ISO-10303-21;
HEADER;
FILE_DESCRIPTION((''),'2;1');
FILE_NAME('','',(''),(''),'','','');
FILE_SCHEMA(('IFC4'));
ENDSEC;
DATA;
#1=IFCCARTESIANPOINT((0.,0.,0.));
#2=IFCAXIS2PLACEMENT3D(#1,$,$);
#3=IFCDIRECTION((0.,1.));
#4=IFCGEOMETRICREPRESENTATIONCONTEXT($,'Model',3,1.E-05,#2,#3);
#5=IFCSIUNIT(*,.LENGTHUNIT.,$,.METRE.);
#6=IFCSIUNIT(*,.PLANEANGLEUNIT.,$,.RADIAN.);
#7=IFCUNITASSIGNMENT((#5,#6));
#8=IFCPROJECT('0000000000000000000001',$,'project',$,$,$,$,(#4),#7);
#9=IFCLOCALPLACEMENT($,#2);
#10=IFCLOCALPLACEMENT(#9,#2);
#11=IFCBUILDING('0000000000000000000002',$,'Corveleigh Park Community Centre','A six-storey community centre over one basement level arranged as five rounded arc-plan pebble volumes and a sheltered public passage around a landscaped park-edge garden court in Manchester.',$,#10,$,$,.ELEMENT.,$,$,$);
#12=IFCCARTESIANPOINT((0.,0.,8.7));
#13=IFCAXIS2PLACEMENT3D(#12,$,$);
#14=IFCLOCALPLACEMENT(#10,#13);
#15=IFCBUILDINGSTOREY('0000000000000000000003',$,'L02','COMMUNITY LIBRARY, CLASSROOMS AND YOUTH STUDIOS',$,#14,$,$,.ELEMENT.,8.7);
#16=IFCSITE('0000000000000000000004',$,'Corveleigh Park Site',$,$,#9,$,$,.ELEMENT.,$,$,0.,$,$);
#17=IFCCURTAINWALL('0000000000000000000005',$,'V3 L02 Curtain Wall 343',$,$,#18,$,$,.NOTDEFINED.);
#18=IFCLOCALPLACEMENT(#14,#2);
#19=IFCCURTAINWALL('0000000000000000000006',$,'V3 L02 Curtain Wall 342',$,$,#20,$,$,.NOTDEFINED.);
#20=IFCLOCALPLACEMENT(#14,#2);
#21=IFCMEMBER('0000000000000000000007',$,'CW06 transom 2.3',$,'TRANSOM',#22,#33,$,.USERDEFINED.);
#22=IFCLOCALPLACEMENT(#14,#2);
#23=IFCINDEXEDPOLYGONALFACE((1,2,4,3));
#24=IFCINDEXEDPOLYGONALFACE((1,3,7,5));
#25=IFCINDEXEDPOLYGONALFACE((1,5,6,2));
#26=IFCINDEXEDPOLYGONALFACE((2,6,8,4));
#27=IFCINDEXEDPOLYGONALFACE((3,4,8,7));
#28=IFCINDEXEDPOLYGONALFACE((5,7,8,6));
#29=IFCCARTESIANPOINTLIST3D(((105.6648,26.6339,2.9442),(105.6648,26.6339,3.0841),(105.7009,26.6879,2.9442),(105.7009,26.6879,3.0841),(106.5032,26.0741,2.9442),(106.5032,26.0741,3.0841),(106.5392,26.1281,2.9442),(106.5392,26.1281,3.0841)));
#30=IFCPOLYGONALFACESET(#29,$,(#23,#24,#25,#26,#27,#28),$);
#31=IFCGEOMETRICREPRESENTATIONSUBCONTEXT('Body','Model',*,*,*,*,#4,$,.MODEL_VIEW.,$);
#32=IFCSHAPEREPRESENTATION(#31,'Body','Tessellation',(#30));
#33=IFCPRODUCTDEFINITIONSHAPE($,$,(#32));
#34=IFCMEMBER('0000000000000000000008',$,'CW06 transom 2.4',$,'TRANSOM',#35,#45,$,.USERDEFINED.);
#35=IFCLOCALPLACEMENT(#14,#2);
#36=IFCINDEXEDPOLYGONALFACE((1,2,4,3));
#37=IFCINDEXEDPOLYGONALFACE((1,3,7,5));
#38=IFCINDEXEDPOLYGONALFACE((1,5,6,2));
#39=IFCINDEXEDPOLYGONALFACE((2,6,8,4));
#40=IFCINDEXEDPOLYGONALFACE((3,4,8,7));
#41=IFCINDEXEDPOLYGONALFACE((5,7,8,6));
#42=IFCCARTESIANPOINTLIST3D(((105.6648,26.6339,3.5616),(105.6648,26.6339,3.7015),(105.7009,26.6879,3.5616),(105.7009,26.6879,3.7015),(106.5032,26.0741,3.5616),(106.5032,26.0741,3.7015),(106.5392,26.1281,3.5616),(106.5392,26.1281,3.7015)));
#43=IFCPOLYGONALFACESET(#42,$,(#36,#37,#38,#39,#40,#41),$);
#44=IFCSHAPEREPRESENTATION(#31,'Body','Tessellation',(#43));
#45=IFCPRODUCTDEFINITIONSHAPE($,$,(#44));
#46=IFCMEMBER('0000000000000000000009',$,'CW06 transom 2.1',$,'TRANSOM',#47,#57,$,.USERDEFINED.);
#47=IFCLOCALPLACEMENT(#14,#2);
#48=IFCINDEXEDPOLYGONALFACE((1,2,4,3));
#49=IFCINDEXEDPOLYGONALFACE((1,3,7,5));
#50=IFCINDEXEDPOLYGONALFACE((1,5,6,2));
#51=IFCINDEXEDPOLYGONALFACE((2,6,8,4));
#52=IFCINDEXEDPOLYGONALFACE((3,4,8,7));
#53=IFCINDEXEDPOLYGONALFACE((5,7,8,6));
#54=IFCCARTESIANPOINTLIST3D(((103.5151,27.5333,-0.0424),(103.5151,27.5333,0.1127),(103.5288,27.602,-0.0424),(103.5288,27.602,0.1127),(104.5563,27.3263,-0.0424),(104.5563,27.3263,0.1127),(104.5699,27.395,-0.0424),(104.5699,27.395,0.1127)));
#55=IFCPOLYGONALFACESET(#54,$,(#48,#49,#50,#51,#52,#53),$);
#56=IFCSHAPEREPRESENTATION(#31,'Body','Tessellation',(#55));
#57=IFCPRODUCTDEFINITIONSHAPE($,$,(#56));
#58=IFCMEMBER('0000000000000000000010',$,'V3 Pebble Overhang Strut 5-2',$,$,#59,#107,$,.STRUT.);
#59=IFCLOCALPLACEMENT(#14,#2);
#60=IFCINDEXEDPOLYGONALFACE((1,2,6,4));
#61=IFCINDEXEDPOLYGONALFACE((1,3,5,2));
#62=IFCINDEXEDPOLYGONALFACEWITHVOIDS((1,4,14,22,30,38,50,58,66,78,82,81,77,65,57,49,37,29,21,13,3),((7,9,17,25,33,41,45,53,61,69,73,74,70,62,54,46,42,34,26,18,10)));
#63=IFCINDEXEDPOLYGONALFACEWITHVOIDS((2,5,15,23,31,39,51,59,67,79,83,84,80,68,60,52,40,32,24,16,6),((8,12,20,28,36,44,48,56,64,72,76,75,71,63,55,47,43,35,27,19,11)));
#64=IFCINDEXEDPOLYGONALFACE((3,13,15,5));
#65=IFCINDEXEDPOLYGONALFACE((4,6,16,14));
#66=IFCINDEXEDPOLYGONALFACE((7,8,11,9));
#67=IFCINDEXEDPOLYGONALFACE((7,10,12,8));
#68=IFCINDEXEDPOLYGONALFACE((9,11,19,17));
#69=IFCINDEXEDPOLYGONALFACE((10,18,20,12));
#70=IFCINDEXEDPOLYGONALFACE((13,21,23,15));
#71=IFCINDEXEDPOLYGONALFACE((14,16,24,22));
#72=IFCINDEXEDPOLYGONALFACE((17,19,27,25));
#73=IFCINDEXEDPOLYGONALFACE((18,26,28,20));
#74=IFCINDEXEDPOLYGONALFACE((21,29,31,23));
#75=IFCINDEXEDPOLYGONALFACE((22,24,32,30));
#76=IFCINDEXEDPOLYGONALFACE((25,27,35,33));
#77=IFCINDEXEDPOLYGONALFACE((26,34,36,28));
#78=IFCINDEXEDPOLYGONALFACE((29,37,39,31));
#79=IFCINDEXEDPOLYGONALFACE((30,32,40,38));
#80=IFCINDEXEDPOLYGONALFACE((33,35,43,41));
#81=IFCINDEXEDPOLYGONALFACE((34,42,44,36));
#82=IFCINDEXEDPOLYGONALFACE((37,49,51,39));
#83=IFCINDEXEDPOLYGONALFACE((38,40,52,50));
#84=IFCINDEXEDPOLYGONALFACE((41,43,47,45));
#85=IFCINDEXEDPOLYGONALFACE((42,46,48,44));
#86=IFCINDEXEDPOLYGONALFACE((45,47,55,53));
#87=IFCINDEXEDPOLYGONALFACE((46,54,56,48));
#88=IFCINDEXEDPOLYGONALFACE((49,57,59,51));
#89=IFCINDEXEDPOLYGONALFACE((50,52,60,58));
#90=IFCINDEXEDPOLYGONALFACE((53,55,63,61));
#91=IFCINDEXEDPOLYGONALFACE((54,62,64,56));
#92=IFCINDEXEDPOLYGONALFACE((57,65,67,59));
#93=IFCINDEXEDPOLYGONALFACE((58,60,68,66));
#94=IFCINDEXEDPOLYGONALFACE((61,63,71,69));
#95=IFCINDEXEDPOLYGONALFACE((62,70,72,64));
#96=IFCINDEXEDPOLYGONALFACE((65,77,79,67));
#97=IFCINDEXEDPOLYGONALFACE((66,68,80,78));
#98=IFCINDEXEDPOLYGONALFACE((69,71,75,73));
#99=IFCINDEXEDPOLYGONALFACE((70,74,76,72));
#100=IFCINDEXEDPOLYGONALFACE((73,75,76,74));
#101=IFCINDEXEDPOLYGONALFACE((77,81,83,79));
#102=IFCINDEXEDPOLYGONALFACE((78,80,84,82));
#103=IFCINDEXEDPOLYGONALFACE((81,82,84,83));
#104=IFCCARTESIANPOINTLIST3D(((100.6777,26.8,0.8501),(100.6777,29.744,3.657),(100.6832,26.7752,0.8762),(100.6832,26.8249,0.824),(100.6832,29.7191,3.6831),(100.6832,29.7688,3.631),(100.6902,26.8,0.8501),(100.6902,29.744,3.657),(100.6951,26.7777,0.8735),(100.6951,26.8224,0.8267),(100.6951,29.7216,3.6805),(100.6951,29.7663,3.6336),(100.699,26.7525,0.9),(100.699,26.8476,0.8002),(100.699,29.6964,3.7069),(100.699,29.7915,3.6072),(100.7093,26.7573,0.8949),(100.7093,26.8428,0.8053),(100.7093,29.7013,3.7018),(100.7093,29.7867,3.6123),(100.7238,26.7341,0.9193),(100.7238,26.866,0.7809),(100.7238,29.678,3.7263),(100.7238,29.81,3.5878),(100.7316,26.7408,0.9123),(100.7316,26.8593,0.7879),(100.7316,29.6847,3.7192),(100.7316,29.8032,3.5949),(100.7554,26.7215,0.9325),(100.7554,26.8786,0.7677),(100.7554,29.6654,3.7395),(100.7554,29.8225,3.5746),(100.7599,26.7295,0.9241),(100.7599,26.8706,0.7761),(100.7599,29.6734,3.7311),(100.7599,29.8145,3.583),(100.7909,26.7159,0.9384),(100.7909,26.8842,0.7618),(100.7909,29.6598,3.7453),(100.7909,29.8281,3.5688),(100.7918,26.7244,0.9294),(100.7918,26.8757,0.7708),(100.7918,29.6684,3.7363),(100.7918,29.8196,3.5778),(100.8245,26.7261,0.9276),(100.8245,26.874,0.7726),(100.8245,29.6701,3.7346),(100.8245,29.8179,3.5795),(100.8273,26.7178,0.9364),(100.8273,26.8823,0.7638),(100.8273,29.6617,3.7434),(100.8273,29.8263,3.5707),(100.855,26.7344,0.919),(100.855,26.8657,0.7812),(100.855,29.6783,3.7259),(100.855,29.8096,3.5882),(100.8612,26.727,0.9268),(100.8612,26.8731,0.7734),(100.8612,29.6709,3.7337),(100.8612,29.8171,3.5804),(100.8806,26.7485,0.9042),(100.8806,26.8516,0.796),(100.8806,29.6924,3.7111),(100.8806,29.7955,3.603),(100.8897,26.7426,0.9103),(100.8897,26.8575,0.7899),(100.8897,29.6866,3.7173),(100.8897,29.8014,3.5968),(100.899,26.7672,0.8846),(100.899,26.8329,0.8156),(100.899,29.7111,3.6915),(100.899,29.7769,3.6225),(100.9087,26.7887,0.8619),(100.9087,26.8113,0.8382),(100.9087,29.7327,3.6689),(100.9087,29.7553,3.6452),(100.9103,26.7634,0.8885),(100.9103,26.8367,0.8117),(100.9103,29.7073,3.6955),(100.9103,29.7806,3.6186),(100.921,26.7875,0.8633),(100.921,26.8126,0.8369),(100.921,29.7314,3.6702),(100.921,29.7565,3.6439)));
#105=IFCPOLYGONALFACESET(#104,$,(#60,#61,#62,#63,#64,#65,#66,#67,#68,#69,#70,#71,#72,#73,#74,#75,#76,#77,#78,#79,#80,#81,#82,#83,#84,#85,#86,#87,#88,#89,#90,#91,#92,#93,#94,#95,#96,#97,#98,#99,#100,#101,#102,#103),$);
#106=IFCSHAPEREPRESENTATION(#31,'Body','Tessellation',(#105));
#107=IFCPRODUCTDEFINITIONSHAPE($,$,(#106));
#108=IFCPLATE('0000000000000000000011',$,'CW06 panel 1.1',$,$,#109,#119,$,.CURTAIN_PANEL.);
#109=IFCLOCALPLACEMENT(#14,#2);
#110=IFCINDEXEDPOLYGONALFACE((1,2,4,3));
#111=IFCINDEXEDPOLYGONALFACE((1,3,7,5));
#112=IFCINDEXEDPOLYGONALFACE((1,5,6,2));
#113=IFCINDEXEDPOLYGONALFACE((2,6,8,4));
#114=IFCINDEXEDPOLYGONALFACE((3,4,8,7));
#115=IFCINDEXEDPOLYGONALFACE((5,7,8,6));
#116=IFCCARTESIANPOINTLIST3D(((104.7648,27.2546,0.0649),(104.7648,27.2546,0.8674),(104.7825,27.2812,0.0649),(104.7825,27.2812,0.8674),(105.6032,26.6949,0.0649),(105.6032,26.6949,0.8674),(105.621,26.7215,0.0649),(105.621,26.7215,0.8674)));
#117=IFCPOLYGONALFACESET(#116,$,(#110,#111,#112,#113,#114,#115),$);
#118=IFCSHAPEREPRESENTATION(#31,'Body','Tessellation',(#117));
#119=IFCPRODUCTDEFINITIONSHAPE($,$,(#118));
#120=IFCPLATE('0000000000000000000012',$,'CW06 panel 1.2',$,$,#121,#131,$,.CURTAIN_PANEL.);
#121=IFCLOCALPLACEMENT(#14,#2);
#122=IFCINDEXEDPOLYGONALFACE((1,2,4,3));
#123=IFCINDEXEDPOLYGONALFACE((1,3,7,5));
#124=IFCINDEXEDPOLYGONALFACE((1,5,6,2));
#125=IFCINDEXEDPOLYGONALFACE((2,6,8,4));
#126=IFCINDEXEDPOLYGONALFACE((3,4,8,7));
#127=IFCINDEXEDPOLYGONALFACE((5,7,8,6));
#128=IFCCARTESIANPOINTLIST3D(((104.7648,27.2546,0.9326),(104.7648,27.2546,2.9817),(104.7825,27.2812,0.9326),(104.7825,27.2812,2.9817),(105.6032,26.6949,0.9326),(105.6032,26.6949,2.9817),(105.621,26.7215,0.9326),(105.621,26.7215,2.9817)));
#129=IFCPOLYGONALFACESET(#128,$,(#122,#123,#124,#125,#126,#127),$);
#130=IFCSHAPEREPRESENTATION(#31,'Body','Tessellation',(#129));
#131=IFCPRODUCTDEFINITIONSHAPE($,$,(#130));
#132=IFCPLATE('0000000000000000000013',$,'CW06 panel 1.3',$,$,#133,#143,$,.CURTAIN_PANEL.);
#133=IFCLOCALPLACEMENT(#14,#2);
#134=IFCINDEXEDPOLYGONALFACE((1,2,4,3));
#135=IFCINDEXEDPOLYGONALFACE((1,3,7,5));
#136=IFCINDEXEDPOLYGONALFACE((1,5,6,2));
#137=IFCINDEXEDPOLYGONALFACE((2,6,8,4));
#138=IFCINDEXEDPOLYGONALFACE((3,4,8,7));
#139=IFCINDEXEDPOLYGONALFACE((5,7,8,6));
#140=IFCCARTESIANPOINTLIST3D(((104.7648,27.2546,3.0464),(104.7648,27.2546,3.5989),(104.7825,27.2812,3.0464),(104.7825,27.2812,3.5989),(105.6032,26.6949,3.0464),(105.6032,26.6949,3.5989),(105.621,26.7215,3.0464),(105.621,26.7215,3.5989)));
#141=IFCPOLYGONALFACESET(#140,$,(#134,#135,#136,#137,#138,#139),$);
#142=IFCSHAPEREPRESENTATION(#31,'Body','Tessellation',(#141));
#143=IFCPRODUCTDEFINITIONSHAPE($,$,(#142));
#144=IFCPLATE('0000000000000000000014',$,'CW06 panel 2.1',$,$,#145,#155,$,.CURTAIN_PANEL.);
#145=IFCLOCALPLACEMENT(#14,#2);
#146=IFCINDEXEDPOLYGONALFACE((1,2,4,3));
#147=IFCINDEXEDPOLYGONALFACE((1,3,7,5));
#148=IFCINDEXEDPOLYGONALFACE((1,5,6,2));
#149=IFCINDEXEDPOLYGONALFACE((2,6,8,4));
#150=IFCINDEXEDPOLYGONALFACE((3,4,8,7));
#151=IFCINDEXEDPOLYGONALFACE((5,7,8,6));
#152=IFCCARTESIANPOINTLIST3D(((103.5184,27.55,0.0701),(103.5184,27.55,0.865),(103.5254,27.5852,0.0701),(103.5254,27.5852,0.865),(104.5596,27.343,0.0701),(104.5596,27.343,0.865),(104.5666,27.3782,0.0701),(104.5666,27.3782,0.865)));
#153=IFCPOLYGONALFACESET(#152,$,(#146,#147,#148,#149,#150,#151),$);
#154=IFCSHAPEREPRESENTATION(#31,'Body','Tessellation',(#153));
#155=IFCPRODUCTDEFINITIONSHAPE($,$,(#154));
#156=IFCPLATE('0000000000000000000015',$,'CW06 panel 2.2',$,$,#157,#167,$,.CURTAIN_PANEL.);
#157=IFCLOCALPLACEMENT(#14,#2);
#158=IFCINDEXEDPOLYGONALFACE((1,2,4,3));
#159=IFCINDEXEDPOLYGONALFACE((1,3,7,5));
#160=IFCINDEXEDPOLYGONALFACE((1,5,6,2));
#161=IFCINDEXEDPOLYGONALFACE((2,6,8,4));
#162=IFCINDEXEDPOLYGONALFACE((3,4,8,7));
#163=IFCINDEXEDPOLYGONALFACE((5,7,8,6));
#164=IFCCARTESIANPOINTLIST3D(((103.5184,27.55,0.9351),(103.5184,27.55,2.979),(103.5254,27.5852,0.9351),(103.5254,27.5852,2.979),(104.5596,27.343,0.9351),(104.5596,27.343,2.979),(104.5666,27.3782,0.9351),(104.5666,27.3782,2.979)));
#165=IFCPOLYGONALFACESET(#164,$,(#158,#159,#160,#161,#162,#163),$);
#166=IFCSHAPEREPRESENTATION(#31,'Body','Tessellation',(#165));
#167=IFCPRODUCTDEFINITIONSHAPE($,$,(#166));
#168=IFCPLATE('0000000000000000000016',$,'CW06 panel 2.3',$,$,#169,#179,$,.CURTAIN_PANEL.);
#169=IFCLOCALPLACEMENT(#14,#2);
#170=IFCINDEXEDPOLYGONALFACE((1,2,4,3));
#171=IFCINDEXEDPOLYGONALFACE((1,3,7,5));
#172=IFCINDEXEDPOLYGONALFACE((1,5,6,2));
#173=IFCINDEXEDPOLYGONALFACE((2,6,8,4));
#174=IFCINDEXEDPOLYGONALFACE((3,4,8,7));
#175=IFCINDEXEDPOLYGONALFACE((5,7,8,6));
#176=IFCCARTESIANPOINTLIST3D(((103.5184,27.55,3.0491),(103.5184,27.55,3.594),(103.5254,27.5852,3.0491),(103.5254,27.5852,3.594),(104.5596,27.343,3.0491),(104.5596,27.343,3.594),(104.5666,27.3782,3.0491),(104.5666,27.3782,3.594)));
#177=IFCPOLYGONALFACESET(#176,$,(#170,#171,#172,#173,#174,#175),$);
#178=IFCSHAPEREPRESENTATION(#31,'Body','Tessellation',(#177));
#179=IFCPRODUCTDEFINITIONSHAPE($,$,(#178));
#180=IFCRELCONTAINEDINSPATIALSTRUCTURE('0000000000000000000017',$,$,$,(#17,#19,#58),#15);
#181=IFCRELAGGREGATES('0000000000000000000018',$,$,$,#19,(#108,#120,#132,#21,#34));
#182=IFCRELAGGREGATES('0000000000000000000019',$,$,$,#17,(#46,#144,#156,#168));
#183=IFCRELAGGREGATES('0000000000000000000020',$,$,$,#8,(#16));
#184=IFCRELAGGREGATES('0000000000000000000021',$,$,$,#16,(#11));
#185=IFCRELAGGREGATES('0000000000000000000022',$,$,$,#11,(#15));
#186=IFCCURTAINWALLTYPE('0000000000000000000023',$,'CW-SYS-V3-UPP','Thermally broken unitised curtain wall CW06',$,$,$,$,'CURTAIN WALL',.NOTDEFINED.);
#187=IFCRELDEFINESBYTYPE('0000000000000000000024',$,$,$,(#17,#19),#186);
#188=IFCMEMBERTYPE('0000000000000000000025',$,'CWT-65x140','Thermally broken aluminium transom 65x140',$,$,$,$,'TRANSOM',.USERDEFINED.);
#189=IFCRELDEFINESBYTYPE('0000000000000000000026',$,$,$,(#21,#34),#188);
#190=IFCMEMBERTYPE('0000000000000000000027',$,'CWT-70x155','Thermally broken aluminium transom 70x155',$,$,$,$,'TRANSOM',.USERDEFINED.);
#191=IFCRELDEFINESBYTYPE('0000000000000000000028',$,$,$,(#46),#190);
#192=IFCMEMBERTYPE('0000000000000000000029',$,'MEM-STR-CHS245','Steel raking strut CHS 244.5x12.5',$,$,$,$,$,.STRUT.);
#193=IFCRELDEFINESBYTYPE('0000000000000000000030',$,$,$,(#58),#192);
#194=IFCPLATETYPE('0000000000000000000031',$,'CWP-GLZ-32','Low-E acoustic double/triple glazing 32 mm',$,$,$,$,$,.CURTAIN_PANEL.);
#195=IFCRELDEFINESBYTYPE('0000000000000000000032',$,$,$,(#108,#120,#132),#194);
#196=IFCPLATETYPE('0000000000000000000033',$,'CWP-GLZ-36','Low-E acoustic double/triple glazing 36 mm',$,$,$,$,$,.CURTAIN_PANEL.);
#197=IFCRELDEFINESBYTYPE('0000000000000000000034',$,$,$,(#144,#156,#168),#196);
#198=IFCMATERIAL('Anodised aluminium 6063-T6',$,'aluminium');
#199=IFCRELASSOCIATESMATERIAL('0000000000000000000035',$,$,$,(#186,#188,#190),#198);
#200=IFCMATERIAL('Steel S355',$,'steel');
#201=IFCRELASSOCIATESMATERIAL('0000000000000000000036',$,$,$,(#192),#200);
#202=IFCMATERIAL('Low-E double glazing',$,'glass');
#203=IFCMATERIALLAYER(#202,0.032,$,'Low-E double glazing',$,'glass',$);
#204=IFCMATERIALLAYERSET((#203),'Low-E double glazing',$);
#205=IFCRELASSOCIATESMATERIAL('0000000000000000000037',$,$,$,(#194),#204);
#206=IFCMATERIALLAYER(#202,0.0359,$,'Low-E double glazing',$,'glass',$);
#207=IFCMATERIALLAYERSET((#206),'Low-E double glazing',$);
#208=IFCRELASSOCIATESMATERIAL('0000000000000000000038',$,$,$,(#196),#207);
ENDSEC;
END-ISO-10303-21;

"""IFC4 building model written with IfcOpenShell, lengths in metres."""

from ifc_helpers import new_model, si_unit, direction, frame, origin, origin_2d, place, context, subcontext, project, spatial, rectangle, hollow_circle, extrude, material, layer, layer_set, material_profile, profile_set, type_object, element, aggregate, save


model = new_model("IFC4")

# Units and contexts
model_context = context("Model", 3, precision=1e-05, world=origin(), true_north=direction((0.0, 1.0)))
body_context = subcontext(model_context, "Body", "Model", "MODEL_VIEW")
ifc_project = project(units=[si_unit("LENGTHUNIT", "METRE"), si_unit("PLANEANGLEUNIT", "RADIAN")], contexts=[model_context])

# Site, building, storey
site_placement = place(None, origin())
site = spatial("IfcSite", under=ifc_project, at=site_placement, Name="Corveleigh Park Site", CompositionType="ELEMENT", RefElevation=0.0)
building_placement = place(site_placement, origin())
building = spatial("IfcBuilding", under=site, at=building_placement, Name="Corveleigh Park Community Centre", Description="A six-storey community centre over one basement level arranged as five rounded arc-plan pebble volumes and a sheltered public passage around a landscaped park-edge garden court in Manchester.", CompositionType="ELEMENT")
storey_placement = place(building_placement, frame((0.0, 0.0, 8.7)))
storey = spatial("IfcBuildingStorey", under=building, at=storey_placement, Name="L02", Description="COMMUNITY LIBRARY, CLASSROOMS AND YOUTH STUDIOS", CompositionType="ELEMENT", Elevation=8.7)

# Shared definitions
ifc_material_1 = material(Name="Steel S355", Category="steel")

# Curtain wall
ifc_material_2 = material(Name="Anodised aluminium 6063-T6", Category="aluminium")
curtain_wall_type = type_object("IfcCurtainWallType", Name="CW-SYS-V3-UPP", Description="Thermally broken unitised curtain wall CW06", ElementType="CURTAIN WALL", PredefinedType="NOTDEFINED", material=ifc_material_2)
curtain_wall_1_placement = place(storey_placement, origin())
curtain_wall_1 = element("IfcCurtainWall", 1, at=curtain_wall_1_placement, inside=storey, type_object=curtain_wall_type, Name="V3 L02 Curtain Wall 343", PredefinedType="NOTDEFINED")

# Curtain wall, members
curtain_wall_2_placement = place(storey_placement, origin())
curtain_wall_2 = element("IfcCurtainWall", 2, at=curtain_wall_2_placement, inside=storey, type_object=curtain_wall_type, Name="V3 L02 Curtain Wall 342", PredefinedType="NOTDEFINED")
ifc_material_profile_1 = material_profile(ifc_material_2, rectangle(XDim=0.0649, YDim=0.1399, at=origin_2d()), Name="ALU-T65x140", Category="aluminium")
ifc_profile_set_1 = profile_set([ifc_material_profile_1], Name="Anodised aluminium 6063-T6")
member_type_1 = type_object("IfcMemberType", Name="CWT-65x140", Description="Thermally broken aluminium transom 65x140", ElementType="TRANSOM", PredefinedType="USERDEFINED", material=ifc_profile_set_1)
member_1_placement = place(storey_placement, frame((105.6829, 26.6609, 3.0142), z_axis=(0.83164, -0.555315, 0.0), x_axis=(0.555315, 0.83164, 0.0)))
member_1 = element("IfcMember", 3, at=member_1_placement, type_object=member_type_1, Name="CW06 transom 2.3", ObjectType="TRANSOM", PredefinedType="USERDEFINED", context=body_context, shape_type="SweptSolid", body=[
    extrude(rectangle(XDim=0.0649, YDim=0.1399, at=origin_2d()), origin(), (0.0, 0.0, 1.0), 1.0081),
])
member_2_placement = place(storey_placement, frame((105.6829, 26.6609, 3.6316), z_axis=(0.83164, -0.555315, 0.0), x_axis=(0.555315, 0.83164, 0.0)))
member_2 = element("IfcMember", 4, at=member_2_placement, type_object=member_type_1, Name="CW06 transom 2.4", ObjectType="TRANSOM", PredefinedType="USERDEFINED", context=body_context, shape_type="SweptSolid", body=[
    extrude(rectangle(XDim=0.0649, YDim=0.1399, at=origin_2d()), origin(), (0.0, 0.0, 1.0), 1.0081),
])

# Members
ifc_material_profile_2 = material_profile(ifc_material_2, rectangle(XDim=0.0701, YDim=0.155, at=origin_2d()), Name="ALU-T70x155", Category="aluminium")
ifc_profile_set_2 = profile_set([ifc_material_profile_2], Name="Anodised aluminium 6063-T6")
member_type_2 = type_object("IfcMemberType", Name="CWT-70x155", Description="Thermally broken aluminium transom 70x155", ElementType="TRANSOM", PredefinedType="USERDEFINED", material=ifc_profile_set_2)
member_3_placement = place(storey_placement, frame((103.522, 27.5676, 0.0352), z_axis=(0.980801, -0.19501, 0.0), x_axis=(0.19501, 0.980801, 0.0)))
member_3 = element("IfcMember", 5, at=member_3_placement, type_object=member_type_2, Name="CW06 transom 2.1", ObjectType="TRANSOM", PredefinedType="USERDEFINED", context=body_context, shape_type="SweptSolid", body=[
    extrude(rectangle(XDim=0.0701, YDim=0.155, at=origin_2d()), origin(), (0.0, 0.0, 1.0), 1.0615),
])
ifc_material_profile_3 = material_profile(ifc_material_1, hollow_circle(Radius=0.1223, WallThickness=0.0125, at=origin_2d()), Name="CHS 244.5x12.5", Category="steel")
ifc_profile_set_3 = profile_set([ifc_material_profile_3], Name="Steel S355")
member_type_3 = type_object("IfcMemberType", Name="MEM-STR-CHS245", Description="Steel raking strut CHS 244.5x12.5", PredefinedType="STRUT", material=ifc_profile_set_3)
member_4_placement = place(storey_placement, frame((100.8, 26.8, 0.8501), z_axis=(0.0, 0.723742, 0.69007), x_axis=(-1.0, 0.0, 0.0)))
element("IfcMember", 6, at=member_4_placement, inside=storey, type_object=member_type_3, Name="V3 Pebble Overhang Strut 5-2", PredefinedType="STRUT", context=body_context, shape_type="SweptSolid", body=[
    extrude(hollow_circle(Radius=0.1223, WallThickness=0.0125, at=origin_2d()), origin(), (0.0, 0.0, 1.0), 4.0676),
])

# Plates
ifc_material_3 = material(Name="Low-E double glazing", Category="glass")
ifc_layer_1 = layer(ifc_material_3, 0.032, Name="Low-E double glazing", Category="glass")
ifc_layer_set_1 = layer_set([ifc_layer_1], Name="Low-E double glazing")
plate_type_1 = type_object("IfcPlateType", Name="CWP-GLZ-32", Description="Low-E acoustic double/triple glazing 32 mm", PredefinedType="CURTAIN_PANEL", material=ifc_layer_set_1)
plate_1_placement = place(storey_placement, frame((105.1929, 26.988, 0.0649), z_axis=(0.0, 0.0, 1.0), x_axis=(0.831711, -0.555208, 0.0)))
plate_1 = element("IfcPlate", 7, at=plate_1_placement, type_object=plate_type_1, Name="CW06 panel 1.1", PredefinedType="CURTAIN_PANEL", context=body_context, shape_type="SweptSolid", body=[
    extrude(rectangle(XDim=1.0081, YDim=0.032, at=origin_2d()), origin(), (0.0, 0.0, 1.0), 0.8025),
])
plate_2_placement = place(storey_placement, frame((105.1929, 26.988, 0.9326), z_axis=(0.0, 0.0, 1.0), x_axis=(0.831711, -0.555208, 0.0)))
plate_2 = element("IfcPlate", 8, at=plate_2_placement, type_object=plate_type_1, Name="CW06 panel 1.2", PredefinedType="CURTAIN_PANEL", context=body_context, shape_type="SweptSolid", body=[
    extrude(rectangle(XDim=1.0081, YDim=0.032, at=origin_2d()), origin(), (0.0, 0.0, 1.0), 2.0491),
])
plate_3_placement = place(storey_placement, frame((105.1929, 26.988, 3.0464), z_axis=(0.0, 0.0, 1.0), x_axis=(0.831711, -0.555208, 0.0)))
plate_3 = element("IfcPlate", 9, at=plate_3_placement, type_object=plate_type_1, Name="CW06 panel 1.3", PredefinedType="CURTAIN_PANEL", context=body_context, shape_type="SweptSolid", body=[
    extrude(rectangle(XDim=1.0081, YDim=0.032, at=origin_2d()), origin(), (0.0, 0.0, 1.0), 0.5525),
])
aggregate(curtain_wall_2, [plate_1, plate_2, plate_3, member_1, member_2])
ifc_layer_2 = layer(ifc_material_3, 0.0359, Name="Low-E double glazing", Category="glass")
ifc_layer_set_2 = layer_set([ifc_layer_2], Name="Low-E double glazing")
plate_type_2 = type_object("IfcPlateType", Name="CWP-GLZ-36", Description="Low-E acoustic double/triple glazing 36 mm", PredefinedType="CURTAIN_PANEL", material=ifc_layer_set_2)
plate_4_placement = place(storey_placement, frame((104.0425, 27.4641, 0.0701), z_axis=(0.0, 0.0, 1.0), x_axis=(0.980814, -0.194947, 0.0)))
plate_4 = element("IfcPlate", 10, at=plate_4_placement, type_object=plate_type_2, Name="CW06 panel 2.1", PredefinedType="CURTAIN_PANEL", context=body_context, shape_type="SweptSolid", body=[
    extrude(rectangle(XDim=1.0615, YDim=0.0359, at=origin_2d()), origin(), (0.0, 0.0, 1.0), 0.7949),
])
plate_5_placement = place(storey_placement, frame((104.0425, 27.4641, 0.9351), z_axis=(0.0, 0.0, 1.0), x_axis=(0.980814, -0.194947, 0.0)))
plate_5 = element("IfcPlate", 11, at=plate_5_placement, type_object=plate_type_2, Name="CW06 panel 2.2", PredefinedType="CURTAIN_PANEL", context=body_context, shape_type="SweptSolid", body=[
    extrude(rectangle(XDim=1.0615, YDim=0.0359, at=origin_2d()), origin(), (0.0, 0.0, 1.0), 2.0439),
])
plate_6_placement = place(storey_placement, frame((104.0425, 27.4641, 3.0491), z_axis=(0.0, 0.0, 1.0), x_axis=(0.980814, -0.194947, 0.0)))
plate_6 = element("IfcPlate", 12, at=plate_6_placement, type_object=plate_type_2, Name="CW06 panel 2.3", PredefinedType="CURTAIN_PANEL", context=body_context, shape_type="SweptSolid", body=[
    extrude(rectangle(XDim=1.0615, YDim=0.0359, at=origin_2d()), origin(), (0.0, 0.0, 1.0), 0.5449),
])
aggregate(curtain_wall_1, [member_3, plate_4, plate_5, plate_6])

save(model, "model.ifc")
